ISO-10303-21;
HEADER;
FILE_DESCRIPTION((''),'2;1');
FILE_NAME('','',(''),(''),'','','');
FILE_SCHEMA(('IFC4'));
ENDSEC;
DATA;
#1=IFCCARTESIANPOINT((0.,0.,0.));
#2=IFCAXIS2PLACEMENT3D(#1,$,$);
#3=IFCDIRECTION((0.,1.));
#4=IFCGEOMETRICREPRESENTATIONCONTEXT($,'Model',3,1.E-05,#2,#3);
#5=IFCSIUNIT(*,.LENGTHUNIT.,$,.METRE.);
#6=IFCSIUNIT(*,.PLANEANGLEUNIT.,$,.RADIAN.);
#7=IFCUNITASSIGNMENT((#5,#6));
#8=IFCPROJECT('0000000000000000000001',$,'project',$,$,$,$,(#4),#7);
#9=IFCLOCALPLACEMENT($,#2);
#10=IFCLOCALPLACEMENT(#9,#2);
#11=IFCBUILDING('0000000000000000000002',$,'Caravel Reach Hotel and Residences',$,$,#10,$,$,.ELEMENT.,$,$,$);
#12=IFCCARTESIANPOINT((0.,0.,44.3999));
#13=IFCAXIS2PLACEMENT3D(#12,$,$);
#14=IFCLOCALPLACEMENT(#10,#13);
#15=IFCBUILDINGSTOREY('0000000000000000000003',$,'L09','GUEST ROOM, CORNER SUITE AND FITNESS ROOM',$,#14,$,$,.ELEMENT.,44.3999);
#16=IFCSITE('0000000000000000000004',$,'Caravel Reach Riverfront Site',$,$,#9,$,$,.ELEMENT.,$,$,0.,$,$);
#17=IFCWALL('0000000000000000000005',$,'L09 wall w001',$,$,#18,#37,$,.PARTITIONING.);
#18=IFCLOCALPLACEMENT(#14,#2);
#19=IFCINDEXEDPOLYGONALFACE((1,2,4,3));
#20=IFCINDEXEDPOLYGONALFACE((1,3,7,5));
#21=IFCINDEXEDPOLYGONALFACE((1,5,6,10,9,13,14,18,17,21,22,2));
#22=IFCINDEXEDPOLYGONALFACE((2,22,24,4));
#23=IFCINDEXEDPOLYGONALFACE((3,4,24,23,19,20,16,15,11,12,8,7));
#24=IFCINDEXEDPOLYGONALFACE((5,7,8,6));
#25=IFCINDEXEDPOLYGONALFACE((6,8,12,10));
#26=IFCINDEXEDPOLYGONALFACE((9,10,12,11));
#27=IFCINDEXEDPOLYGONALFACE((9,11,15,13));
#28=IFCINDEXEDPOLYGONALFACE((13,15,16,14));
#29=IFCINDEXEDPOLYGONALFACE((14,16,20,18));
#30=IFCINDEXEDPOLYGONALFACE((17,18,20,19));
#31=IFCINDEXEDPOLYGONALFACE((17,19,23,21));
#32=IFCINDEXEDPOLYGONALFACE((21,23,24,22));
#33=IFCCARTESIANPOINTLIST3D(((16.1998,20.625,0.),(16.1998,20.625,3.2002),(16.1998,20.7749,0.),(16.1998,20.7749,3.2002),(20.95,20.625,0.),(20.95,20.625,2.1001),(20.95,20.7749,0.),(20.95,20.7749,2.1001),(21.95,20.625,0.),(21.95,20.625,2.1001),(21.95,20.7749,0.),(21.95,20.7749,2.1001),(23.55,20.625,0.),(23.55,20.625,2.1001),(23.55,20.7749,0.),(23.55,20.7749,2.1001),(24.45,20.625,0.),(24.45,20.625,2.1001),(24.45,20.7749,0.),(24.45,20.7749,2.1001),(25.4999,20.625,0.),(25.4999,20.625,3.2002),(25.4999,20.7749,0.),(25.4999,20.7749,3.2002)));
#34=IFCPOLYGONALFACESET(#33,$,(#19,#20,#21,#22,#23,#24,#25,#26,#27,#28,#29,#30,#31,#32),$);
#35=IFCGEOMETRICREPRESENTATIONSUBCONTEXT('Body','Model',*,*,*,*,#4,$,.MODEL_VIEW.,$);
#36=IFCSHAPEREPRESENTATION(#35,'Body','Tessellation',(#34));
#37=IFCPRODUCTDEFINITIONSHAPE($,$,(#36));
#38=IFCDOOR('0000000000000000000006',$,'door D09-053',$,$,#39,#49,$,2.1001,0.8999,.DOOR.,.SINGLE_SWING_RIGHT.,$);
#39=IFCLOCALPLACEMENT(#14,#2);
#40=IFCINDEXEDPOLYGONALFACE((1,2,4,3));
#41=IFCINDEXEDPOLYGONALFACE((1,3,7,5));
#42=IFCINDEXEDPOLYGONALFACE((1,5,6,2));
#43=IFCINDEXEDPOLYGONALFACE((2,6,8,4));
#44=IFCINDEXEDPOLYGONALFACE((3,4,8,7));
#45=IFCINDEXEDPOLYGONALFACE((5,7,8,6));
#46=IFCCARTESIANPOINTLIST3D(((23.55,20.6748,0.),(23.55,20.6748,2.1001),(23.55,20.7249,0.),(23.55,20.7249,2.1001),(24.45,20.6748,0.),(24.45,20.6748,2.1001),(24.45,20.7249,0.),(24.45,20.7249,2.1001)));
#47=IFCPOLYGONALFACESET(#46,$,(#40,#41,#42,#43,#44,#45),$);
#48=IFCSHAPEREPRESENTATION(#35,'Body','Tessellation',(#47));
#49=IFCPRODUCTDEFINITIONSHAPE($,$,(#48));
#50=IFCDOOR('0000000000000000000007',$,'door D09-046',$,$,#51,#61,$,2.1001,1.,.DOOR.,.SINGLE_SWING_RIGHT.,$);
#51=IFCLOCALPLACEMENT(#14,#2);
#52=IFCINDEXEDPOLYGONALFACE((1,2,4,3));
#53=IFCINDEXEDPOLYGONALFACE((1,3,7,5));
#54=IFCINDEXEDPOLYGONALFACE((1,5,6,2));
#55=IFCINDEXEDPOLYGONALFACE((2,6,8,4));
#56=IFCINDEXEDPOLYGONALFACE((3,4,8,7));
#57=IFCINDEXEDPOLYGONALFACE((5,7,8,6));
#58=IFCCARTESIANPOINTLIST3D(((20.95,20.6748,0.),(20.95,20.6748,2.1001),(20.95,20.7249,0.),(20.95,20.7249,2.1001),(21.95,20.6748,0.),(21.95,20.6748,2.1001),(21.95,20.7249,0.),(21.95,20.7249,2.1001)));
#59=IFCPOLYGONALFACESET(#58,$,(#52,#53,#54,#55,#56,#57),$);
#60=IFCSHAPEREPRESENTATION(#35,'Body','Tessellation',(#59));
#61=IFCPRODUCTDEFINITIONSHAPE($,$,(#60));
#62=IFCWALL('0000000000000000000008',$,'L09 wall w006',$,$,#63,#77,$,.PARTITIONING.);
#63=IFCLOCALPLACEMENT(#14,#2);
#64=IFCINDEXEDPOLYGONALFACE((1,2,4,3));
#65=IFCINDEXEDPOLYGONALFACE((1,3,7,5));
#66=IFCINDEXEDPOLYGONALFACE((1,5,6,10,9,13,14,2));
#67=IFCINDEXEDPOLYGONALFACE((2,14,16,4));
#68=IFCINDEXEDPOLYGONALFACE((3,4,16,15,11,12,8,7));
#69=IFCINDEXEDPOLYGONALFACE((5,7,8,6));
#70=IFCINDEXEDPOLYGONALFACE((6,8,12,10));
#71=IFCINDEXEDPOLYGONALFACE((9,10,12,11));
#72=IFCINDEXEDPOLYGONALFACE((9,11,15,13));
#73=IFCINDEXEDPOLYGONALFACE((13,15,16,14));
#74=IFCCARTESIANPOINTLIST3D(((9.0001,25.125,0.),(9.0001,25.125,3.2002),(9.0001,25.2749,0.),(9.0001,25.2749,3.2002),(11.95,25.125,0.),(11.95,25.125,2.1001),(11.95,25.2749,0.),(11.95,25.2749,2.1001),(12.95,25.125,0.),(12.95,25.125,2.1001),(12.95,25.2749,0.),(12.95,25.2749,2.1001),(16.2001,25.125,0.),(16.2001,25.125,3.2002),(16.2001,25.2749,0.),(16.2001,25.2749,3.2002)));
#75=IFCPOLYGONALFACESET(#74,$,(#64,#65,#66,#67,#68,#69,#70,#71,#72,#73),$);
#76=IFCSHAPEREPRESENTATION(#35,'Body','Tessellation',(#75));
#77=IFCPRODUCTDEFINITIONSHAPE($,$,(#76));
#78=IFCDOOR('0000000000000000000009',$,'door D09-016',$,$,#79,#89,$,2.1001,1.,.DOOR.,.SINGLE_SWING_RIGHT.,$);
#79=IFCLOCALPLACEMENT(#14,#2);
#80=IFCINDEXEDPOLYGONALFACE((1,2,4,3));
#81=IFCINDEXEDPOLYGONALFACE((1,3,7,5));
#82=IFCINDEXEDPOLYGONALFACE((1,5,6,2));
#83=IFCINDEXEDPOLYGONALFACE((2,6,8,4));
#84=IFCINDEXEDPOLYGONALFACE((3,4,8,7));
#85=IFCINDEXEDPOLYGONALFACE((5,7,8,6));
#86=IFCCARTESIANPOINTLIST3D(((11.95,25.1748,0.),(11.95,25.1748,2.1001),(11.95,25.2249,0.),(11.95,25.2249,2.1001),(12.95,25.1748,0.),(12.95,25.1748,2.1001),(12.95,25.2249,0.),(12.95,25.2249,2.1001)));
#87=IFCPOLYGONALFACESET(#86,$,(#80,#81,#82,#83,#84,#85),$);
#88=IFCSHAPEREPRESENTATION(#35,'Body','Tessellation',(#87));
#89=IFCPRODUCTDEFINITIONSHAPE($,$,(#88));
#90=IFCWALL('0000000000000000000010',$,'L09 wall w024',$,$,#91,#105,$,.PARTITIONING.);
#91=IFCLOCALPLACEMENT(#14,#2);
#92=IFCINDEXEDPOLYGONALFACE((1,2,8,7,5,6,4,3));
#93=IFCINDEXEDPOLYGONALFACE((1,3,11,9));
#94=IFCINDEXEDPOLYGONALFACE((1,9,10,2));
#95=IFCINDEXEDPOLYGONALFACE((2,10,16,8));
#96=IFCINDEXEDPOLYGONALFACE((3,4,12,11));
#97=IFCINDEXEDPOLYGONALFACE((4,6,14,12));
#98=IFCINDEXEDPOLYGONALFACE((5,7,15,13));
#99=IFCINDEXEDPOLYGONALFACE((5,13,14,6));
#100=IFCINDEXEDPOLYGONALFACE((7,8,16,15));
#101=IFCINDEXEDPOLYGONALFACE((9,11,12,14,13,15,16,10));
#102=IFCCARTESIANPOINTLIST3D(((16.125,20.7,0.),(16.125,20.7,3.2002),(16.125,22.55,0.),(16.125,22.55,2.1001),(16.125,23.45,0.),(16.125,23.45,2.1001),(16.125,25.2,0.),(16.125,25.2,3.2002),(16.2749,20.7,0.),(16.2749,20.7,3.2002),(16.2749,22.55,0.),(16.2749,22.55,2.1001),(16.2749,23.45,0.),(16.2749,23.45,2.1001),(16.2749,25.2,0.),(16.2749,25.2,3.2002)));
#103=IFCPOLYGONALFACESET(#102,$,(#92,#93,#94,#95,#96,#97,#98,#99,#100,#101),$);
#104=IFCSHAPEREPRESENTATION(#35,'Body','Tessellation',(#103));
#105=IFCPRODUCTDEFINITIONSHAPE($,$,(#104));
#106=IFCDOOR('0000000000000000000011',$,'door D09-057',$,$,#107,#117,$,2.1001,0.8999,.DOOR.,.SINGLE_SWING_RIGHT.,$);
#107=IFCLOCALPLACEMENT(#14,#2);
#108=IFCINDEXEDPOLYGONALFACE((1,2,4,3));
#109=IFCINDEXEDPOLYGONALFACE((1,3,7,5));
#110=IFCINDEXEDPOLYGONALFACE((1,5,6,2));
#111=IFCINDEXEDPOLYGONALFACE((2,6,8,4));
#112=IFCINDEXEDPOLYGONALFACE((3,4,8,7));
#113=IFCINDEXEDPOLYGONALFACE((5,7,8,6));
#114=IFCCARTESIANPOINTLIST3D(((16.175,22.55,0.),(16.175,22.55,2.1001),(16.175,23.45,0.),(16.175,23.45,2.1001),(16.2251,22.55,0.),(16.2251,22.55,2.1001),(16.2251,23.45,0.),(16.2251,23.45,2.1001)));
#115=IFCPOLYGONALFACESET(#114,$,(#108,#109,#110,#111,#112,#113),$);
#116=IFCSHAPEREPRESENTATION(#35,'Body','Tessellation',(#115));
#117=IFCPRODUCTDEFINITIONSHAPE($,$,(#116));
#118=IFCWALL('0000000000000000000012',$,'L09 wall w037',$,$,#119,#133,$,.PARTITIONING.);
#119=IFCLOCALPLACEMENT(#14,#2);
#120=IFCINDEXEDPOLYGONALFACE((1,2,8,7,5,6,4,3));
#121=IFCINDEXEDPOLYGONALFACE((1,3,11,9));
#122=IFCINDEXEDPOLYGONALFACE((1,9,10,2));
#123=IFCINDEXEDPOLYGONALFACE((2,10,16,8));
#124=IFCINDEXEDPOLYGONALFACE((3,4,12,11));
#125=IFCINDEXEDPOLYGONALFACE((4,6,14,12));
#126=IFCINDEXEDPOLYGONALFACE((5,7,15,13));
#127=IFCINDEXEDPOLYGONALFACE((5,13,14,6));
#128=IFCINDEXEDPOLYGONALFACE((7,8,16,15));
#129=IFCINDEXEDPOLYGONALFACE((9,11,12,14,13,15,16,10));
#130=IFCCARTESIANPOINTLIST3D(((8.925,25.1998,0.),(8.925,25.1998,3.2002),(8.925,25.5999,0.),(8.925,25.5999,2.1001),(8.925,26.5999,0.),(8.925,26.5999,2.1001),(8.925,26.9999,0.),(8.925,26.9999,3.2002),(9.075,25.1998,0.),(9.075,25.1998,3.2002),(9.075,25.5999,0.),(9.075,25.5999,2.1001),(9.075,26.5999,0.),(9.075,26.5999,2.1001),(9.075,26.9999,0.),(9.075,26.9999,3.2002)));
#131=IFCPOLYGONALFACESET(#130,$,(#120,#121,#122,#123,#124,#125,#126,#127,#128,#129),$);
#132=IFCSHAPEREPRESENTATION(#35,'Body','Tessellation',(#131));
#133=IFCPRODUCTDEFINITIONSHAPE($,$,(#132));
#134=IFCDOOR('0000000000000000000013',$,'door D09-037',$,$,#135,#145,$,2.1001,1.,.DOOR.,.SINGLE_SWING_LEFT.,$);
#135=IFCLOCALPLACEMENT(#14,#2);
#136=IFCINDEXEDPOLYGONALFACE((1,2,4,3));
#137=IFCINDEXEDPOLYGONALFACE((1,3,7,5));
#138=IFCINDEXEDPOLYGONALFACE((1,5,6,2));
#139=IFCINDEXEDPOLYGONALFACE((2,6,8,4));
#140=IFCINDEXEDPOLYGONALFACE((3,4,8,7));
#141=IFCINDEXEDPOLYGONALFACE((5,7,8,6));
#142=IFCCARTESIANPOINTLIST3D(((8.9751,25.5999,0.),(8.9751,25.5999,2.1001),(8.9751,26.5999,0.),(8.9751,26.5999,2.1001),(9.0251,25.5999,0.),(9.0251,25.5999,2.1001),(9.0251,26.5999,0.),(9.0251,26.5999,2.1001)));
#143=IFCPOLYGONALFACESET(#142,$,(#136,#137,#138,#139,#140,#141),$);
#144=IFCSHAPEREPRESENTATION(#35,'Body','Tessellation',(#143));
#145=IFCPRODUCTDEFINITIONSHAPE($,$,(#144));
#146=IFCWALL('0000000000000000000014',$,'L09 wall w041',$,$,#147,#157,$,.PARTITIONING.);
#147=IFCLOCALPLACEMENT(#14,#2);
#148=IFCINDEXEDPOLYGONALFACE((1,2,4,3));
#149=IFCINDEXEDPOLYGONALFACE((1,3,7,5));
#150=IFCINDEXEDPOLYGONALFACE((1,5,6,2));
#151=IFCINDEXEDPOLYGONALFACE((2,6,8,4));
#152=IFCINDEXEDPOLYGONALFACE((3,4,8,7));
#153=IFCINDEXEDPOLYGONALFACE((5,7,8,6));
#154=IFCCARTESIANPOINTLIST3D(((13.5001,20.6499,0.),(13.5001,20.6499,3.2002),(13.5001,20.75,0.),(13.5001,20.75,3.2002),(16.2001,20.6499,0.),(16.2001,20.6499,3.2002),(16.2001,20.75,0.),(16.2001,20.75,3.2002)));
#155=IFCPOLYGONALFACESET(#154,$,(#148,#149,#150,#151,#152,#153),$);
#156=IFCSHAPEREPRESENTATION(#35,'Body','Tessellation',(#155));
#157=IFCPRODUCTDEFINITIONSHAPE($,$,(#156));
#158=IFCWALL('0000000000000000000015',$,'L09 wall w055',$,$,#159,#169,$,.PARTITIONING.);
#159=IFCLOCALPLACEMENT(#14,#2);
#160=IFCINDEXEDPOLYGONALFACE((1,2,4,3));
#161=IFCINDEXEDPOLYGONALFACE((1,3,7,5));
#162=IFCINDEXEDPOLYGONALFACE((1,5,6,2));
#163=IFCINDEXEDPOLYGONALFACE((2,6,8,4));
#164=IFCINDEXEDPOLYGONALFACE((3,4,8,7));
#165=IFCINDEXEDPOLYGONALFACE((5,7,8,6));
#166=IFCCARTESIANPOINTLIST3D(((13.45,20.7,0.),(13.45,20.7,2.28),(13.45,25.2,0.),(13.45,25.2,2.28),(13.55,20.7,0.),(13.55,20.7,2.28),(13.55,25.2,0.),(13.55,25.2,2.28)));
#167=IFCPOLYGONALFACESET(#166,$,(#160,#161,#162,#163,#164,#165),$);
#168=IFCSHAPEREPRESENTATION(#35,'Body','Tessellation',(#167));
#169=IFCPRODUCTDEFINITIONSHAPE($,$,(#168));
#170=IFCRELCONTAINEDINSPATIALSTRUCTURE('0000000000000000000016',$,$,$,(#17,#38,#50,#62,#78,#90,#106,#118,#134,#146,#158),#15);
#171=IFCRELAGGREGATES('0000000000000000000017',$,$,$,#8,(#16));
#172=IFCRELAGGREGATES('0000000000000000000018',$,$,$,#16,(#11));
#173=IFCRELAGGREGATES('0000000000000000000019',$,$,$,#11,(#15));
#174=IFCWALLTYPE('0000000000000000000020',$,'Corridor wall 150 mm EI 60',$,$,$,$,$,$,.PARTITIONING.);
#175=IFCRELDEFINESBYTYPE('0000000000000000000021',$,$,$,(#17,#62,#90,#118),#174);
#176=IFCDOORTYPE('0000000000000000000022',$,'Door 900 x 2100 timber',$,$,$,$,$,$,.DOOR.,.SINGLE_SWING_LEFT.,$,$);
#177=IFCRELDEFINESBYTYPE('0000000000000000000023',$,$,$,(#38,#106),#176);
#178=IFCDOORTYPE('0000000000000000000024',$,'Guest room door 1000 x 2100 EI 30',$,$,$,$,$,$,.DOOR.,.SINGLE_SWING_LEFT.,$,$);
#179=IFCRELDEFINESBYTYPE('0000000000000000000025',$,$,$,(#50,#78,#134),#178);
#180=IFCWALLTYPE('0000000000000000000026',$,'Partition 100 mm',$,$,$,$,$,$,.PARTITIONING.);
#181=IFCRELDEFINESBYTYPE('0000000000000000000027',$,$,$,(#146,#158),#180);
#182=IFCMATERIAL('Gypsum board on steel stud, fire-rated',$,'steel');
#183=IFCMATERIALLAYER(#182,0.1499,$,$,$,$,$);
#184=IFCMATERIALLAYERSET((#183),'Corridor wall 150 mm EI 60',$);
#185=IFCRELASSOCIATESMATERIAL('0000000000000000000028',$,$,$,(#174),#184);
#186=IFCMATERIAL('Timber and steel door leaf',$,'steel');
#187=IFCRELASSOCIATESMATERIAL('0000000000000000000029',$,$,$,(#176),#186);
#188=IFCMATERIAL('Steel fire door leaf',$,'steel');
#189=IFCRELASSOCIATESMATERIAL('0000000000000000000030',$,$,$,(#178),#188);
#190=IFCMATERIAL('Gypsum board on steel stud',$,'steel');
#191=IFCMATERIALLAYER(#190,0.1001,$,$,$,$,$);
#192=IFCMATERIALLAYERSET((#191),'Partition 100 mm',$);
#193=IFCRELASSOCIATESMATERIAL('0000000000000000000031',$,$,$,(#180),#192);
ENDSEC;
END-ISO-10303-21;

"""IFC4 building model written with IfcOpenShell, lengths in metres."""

from ifc_helpers import new_model, si_unit, direction, frame, frame_2d, origin, place, context, subcontext, project, spatial, rectangle, extrude, material, layer, layer_set, type_object, element, fill, save


model = new_model("IFC4")

# Units and contexts
model_context = context("Model", 3, precision=1e-05, world=origin(), true_north=direction((0.0, 1.0)))
body_context = subcontext(model_context, "Body", "Model", "MODEL_VIEW")
ifc_project = project(units=[si_unit("LENGTHUNIT", "METRE"), si_unit("PLANEANGLEUNIT", "RADIAN")], contexts=[model_context])

# Site, building, storey
site_placement = place(None, origin())
site = spatial("IfcSite", under=ifc_project, at=site_placement, Name="Caravel Reach Riverfront Site", CompositionType="ELEMENT", RefElevation=0.0)
building_placement = place(site_placement, origin())
building = spatial("IfcBuilding", under=site, at=building_placement, Name="Caravel Reach Hotel and Residences", CompositionType="ELEMENT")
storey_placement = place(building_placement, frame((0.0, 0.0, 44.3999)))
storey = spatial("IfcBuildingStorey", under=building, at=storey_placement, Name="L09", Description="GUEST ROOM, CORNER SUITE AND FITNESS ROOM", CompositionType="ELEMENT", Elevation=44.3999)

# Wall, openings, doors
ifc_material_1 = material(Name="Gypsum board on steel stud, fire-rated", Category="steel")
ifc_layer_1 = layer(ifc_material_1, 0.1499)
ifc_layer_set_1 = layer_set([ifc_layer_1], Name="Corridor wall 150 mm EI 60")
wall_type_1 = type_object("IfcWallType", Name="Corridor wall 150 mm EI 60", PredefinedType="PARTITIONING", material=ifc_layer_set_1)
wall_1_placement = place(storey_placement, frame((16.2, 20.7, 0.0), z_axis=(0.0, 0.0, 1.0), x_axis=(1.0, 0.0, 0.0)))
wall_1 = element("IfcWall", 1, at=wall_1_placement, inside=storey, type_object=wall_type_1, Name="L09 wall w001", PredefinedType="PARTITIONING", context=body_context, shape_type="SweptSolid", body=[
    extrude(rectangle(XDim=9.3, YDim=0.1499, at=frame_2d((4.6499, 0.0))), origin(), (0.0, 0.0, 1.0), 3.2002),
])
opening_1_placement = place(wall_1_placement, frame((4.75, 0.0, 0.0)))
opening_1 = element("IfcOpeningElement", 2, at=opening_1_placement, cuts=wall_1, PredefinedType="OPENING", context=body_context, shape_type="SweptSolid", body=[
    extrude(rectangle(XDim=1.0, YDim=2.1001, at=frame_2d((0.5, 1.05))), frame((0.0, 0.085, 0.0), z_axis=(0.0, -1.0, 0.0), x_axis=(1.0, 0.0, 0.0)), (0.0, 0.0, 1.0), 0.1699),
])
opening_2_placement = place(wall_1_placement, frame((7.3501, 0.0, 0.0)))
opening_2 = element("IfcOpeningElement", 3, at=opening_2_placement, cuts=wall_1, PredefinedType="OPENING", context=body_context, shape_type="SweptSolid", body=[
    extrude(rectangle(XDim=0.8999, YDim=2.1001, at=frame_2d((0.45, 1.05))), frame((0.0, 0.085, 0.0), z_axis=(0.0, -1.0, 0.0), x_axis=(1.0, 0.0, 0.0)), (0.0, 0.0, 1.0), 0.1699),
])
ifc_material_2 = material(Name="Timber and steel door leaf", Category="steel")
door_type_1 = type_object("IfcDoorType", Name="Door 900 x 2100 timber", OperationType="SINGLE_SWING_LEFT", PredefinedType="DOOR", material=ifc_material_2)
door_1_placement = place(opening_2_placement, origin())
door_1 = element("IfcDoor", 4, at=door_1_placement, inside=storey, type_object=door_type_1, Name="door D09-053", OperationType="SINGLE_SWING_RIGHT", OverallHeight=2.1001, OverallWidth=0.8999, PredefinedType="DOOR", context=body_context, shape_type="SweptSolid", body=[
    extrude(rectangle(XDim=0.8999, YDim=2.1001, at=frame_2d((0.45, 1.05))), frame((0.0, 0.0249, 0.0), z_axis=(0.0, -1.0, 0.0), x_axis=(1.0, 0.0, 0.0)), (0.0, 0.0, 1.0), 0.05),
])
fill(opening_2, door_1)
ifc_material_3 = material(Name="Steel fire door leaf", Category="steel")
door_type_2 = type_object("IfcDoorType", Name="Guest room door 1000 x 2100 EI 30", OperationType="SINGLE_SWING_LEFT", PredefinedType="DOOR", material=ifc_material_3)
door_2_placement = place(opening_1_placement, origin())
door_2 = element("IfcDoor", 5, at=door_2_placement, inside=storey, type_object=door_type_2, Name="door D09-046", OperationType="SINGLE_SWING_RIGHT", OverallHeight=2.1001, OverallWidth=1.0, PredefinedType="DOOR", context=body_context, shape_type="SweptSolid", body=[
    extrude(rectangle(XDim=1.0, YDim=2.1001, at=frame_2d((0.5, 1.05))), frame((0.0, 0.0249, 0.0), z_axis=(0.0, -1.0, 0.0), x_axis=(1.0, 0.0, 0.0)), (0.0, 0.0, 1.0), 0.05),
])
fill(opening_1, door_2)

# Walls, openings, doors
wall_2_placement = place(storey_placement, frame((9.0, 25.2, 0.0), z_axis=(0.0, 0.0, 1.0), x_axis=(1.0, 0.0, 0.0)))
wall_2 = element("IfcWall", 6, at=wall_2_placement, inside=storey, type_object=wall_type_1, Name="L09 wall w006", PredefinedType="PARTITIONING", context=body_context, shape_type="SweptSolid", body=[
    extrude(rectangle(XDim=7.2, YDim=0.1499, at=frame_2d((3.6001, 0.0))), origin(), (0.0, 0.0, 1.0), 3.2002),
])
opening_3_placement = place(wall_2_placement, frame((2.95, 0.0, 0.0)))
opening_3 = element("IfcOpeningElement", 7, at=opening_3_placement, cuts=wall_2, PredefinedType="OPENING", context=body_context, shape_type="SweptSolid", body=[
    extrude(rectangle(XDim=1.0, YDim=2.1001, at=frame_2d((0.5, 1.05))), frame((0.0, 0.085, 0.0), z_axis=(0.0, -1.0, 0.0), x_axis=(1.0, 0.0, 0.0)), (0.0, 0.0, 1.0), 0.1699),
])
door_3_placement = place(opening_3_placement, origin())
door_3 = element("IfcDoor", 8, at=door_3_placement, inside=storey, type_object=door_type_2, Name="door D09-016", OperationType="SINGLE_SWING_RIGHT", OverallHeight=2.1001, OverallWidth=1.0, PredefinedType="DOOR", context=body_context, shape_type="SweptSolid", body=[
    extrude(rectangle(XDim=1.0, YDim=2.1001, at=frame_2d((0.5, 1.05))), frame((0.0, 0.0249, 0.0), z_axis=(0.0, -1.0, 0.0), x_axis=(1.0, 0.0, 0.0)), (0.0, 0.0, 1.0), 0.05),
])
fill(opening_3, door_3)
wall_3_placement = place(storey_placement, frame((16.2, 20.7, 0.0), z_axis=(0.0, 0.0, 1.0), x_axis=(0.0, 1.0, 0.0)))
wall_3 = element("IfcWall", 9, at=wall_3_placement, inside=storey, type_object=wall_type_1, Name="L09 wall w024", PredefinedType="PARTITIONING", context=body_context, shape_type="SweptSolid", body=[
    extrude(rectangle(XDim=4.5, YDim=0.1499, at=frame_2d((2.25, 0.0))), origin(), (0.0, 0.0, 1.0), 3.2002),
])
opening_4_placement = place(wall_3_placement, frame((1.8501, 0.0, 0.0)))
opening_4 = element("IfcOpeningElement", 10, at=opening_4_placement, cuts=wall_3, PredefinedType="OPENING", context=body_context, shape_type="SweptSolid", body=[
    extrude(rectangle(XDim=0.8999, YDim=2.1001, at=frame_2d((0.45, 1.05))), frame((0.0, 0.085, 0.0), z_axis=(0.0, -1.0, 0.0), x_axis=(1.0, 0.0, 0.0)), (0.0, 0.0, 1.0), 0.1699),
])
door_4_placement = place(opening_4_placement, origin())
door_4 = element("IfcDoor", 11, at=door_4_placement, inside=storey, type_object=door_type_1, Name="door D09-057", OperationType="SINGLE_SWING_RIGHT", OverallHeight=2.1001, OverallWidth=0.8999, PredefinedType="DOOR", context=body_context, shape_type="SweptSolid", body=[
    extrude(rectangle(XDim=0.8999, YDim=2.1001, at=frame_2d((0.45, 1.05))), frame((0.0, 0.0249, 0.0), z_axis=(0.0, -1.0, 0.0), x_axis=(1.0, 0.0, 0.0)), (0.0, 0.0, 1.0), 0.05),
])
fill(opening_4, door_4)
wall_4_placement = place(storey_placement, frame((9.0, 25.2, 0.0), z_axis=(0.0, 0.0, 1.0), x_axis=(0.0, 1.0, 0.0)))
wall_4 = element("IfcWall", 12, at=wall_4_placement, inside=storey, type_object=wall_type_1, Name="L09 wall w037", PredefinedType="PARTITIONING", context=body_context, shape_type="SweptSolid", body=[
    extrude(rectangle(XDim=1.8, YDim=0.1499, at=frame_2d((0.8999, 0.0))), origin(), (0.0, 0.0, 1.0), 3.2002),
])
opening_5_placement = place(wall_4_placement, frame((0.3999, 0.0, 0.0)))
opening_5 = element("IfcOpeningElement", 13, at=opening_5_placement, cuts=wall_4, PredefinedType="OPENING", context=body_context, shape_type="SweptSolid", body=[
    extrude(rectangle(XDim=1.0, YDim=2.1001, at=frame_2d((0.5, 1.05))), frame((0.0, 0.085, 0.0), z_axis=(0.0, -1.0, 0.0), x_axis=(1.0, 0.0, 0.0)), (0.0, 0.0, 1.0), 0.1699),
])
door_5_placement = place(opening_5_placement, origin())
door_5 = element("IfcDoor", 14, at=door_5_placement, inside=storey, type_object=door_type_2, Name="door D09-037", OperationType="SINGLE_SWING_LEFT", OverallHeight=2.1001, OverallWidth=1.0, PredefinedType="DOOR", context=body_context, shape_type="SweptSolid", body=[
    extrude(rectangle(XDim=1.0, YDim=2.1001, at=frame_2d((0.5, 1.05))), frame((0.0, 0.0249, 0.0), z_axis=(0.0, -1.0, 0.0), x_axis=(1.0, 0.0, 0.0)), (0.0, 0.0, 1.0), 0.05),
])
fill(opening_5, door_5)

# Walls
ifc_material_4 = material(Name="Gypsum board on steel stud", Category="steel")
ifc_layer_2 = layer(ifc_material_4, 0.1001)
ifc_layer_set_2 = layer_set([ifc_layer_2], Name="Partition 100 mm")
wall_type_2 = type_object("IfcWallType", Name="Partition 100 mm", PredefinedType="PARTITIONING", material=ifc_layer_set_2)
wall_5_placement = place(storey_placement, frame((13.5, 20.7, 0.0), z_axis=(0.0, 0.0, 1.0), x_axis=(1.0, 0.0, 0.0)))
element("IfcWall", 15, at=wall_5_placement, inside=storey, type_object=wall_type_2, Name="L09 wall w041", PredefinedType="PARTITIONING", context=body_context, shape_type="SweptSolid", body=[
    extrude(rectangle(XDim=2.7, YDim=0.1001, at=frame_2d((1.3501, 0.0))), origin(), (0.0, 0.0, 1.0), 3.2002),
])
wall_6_placement = place(storey_placement, frame((13.5, 20.7, 0.0), z_axis=(0.0, 0.0, 1.0), x_axis=(0.0, 1.0, 0.0)))
element("IfcWall", 16, at=wall_6_placement, inside=storey, type_object=wall_type_2, Name="L09 wall w055", PredefinedType="PARTITIONING", context=body_context, shape_type="SweptSolid", body=[
    extrude(rectangle(XDim=4.5, YDim=0.1001, at=frame_2d((2.25, 0.0))), origin(), (0.0, 0.0, 1.0), 2.28),
])

save(model, "model.ifc")
